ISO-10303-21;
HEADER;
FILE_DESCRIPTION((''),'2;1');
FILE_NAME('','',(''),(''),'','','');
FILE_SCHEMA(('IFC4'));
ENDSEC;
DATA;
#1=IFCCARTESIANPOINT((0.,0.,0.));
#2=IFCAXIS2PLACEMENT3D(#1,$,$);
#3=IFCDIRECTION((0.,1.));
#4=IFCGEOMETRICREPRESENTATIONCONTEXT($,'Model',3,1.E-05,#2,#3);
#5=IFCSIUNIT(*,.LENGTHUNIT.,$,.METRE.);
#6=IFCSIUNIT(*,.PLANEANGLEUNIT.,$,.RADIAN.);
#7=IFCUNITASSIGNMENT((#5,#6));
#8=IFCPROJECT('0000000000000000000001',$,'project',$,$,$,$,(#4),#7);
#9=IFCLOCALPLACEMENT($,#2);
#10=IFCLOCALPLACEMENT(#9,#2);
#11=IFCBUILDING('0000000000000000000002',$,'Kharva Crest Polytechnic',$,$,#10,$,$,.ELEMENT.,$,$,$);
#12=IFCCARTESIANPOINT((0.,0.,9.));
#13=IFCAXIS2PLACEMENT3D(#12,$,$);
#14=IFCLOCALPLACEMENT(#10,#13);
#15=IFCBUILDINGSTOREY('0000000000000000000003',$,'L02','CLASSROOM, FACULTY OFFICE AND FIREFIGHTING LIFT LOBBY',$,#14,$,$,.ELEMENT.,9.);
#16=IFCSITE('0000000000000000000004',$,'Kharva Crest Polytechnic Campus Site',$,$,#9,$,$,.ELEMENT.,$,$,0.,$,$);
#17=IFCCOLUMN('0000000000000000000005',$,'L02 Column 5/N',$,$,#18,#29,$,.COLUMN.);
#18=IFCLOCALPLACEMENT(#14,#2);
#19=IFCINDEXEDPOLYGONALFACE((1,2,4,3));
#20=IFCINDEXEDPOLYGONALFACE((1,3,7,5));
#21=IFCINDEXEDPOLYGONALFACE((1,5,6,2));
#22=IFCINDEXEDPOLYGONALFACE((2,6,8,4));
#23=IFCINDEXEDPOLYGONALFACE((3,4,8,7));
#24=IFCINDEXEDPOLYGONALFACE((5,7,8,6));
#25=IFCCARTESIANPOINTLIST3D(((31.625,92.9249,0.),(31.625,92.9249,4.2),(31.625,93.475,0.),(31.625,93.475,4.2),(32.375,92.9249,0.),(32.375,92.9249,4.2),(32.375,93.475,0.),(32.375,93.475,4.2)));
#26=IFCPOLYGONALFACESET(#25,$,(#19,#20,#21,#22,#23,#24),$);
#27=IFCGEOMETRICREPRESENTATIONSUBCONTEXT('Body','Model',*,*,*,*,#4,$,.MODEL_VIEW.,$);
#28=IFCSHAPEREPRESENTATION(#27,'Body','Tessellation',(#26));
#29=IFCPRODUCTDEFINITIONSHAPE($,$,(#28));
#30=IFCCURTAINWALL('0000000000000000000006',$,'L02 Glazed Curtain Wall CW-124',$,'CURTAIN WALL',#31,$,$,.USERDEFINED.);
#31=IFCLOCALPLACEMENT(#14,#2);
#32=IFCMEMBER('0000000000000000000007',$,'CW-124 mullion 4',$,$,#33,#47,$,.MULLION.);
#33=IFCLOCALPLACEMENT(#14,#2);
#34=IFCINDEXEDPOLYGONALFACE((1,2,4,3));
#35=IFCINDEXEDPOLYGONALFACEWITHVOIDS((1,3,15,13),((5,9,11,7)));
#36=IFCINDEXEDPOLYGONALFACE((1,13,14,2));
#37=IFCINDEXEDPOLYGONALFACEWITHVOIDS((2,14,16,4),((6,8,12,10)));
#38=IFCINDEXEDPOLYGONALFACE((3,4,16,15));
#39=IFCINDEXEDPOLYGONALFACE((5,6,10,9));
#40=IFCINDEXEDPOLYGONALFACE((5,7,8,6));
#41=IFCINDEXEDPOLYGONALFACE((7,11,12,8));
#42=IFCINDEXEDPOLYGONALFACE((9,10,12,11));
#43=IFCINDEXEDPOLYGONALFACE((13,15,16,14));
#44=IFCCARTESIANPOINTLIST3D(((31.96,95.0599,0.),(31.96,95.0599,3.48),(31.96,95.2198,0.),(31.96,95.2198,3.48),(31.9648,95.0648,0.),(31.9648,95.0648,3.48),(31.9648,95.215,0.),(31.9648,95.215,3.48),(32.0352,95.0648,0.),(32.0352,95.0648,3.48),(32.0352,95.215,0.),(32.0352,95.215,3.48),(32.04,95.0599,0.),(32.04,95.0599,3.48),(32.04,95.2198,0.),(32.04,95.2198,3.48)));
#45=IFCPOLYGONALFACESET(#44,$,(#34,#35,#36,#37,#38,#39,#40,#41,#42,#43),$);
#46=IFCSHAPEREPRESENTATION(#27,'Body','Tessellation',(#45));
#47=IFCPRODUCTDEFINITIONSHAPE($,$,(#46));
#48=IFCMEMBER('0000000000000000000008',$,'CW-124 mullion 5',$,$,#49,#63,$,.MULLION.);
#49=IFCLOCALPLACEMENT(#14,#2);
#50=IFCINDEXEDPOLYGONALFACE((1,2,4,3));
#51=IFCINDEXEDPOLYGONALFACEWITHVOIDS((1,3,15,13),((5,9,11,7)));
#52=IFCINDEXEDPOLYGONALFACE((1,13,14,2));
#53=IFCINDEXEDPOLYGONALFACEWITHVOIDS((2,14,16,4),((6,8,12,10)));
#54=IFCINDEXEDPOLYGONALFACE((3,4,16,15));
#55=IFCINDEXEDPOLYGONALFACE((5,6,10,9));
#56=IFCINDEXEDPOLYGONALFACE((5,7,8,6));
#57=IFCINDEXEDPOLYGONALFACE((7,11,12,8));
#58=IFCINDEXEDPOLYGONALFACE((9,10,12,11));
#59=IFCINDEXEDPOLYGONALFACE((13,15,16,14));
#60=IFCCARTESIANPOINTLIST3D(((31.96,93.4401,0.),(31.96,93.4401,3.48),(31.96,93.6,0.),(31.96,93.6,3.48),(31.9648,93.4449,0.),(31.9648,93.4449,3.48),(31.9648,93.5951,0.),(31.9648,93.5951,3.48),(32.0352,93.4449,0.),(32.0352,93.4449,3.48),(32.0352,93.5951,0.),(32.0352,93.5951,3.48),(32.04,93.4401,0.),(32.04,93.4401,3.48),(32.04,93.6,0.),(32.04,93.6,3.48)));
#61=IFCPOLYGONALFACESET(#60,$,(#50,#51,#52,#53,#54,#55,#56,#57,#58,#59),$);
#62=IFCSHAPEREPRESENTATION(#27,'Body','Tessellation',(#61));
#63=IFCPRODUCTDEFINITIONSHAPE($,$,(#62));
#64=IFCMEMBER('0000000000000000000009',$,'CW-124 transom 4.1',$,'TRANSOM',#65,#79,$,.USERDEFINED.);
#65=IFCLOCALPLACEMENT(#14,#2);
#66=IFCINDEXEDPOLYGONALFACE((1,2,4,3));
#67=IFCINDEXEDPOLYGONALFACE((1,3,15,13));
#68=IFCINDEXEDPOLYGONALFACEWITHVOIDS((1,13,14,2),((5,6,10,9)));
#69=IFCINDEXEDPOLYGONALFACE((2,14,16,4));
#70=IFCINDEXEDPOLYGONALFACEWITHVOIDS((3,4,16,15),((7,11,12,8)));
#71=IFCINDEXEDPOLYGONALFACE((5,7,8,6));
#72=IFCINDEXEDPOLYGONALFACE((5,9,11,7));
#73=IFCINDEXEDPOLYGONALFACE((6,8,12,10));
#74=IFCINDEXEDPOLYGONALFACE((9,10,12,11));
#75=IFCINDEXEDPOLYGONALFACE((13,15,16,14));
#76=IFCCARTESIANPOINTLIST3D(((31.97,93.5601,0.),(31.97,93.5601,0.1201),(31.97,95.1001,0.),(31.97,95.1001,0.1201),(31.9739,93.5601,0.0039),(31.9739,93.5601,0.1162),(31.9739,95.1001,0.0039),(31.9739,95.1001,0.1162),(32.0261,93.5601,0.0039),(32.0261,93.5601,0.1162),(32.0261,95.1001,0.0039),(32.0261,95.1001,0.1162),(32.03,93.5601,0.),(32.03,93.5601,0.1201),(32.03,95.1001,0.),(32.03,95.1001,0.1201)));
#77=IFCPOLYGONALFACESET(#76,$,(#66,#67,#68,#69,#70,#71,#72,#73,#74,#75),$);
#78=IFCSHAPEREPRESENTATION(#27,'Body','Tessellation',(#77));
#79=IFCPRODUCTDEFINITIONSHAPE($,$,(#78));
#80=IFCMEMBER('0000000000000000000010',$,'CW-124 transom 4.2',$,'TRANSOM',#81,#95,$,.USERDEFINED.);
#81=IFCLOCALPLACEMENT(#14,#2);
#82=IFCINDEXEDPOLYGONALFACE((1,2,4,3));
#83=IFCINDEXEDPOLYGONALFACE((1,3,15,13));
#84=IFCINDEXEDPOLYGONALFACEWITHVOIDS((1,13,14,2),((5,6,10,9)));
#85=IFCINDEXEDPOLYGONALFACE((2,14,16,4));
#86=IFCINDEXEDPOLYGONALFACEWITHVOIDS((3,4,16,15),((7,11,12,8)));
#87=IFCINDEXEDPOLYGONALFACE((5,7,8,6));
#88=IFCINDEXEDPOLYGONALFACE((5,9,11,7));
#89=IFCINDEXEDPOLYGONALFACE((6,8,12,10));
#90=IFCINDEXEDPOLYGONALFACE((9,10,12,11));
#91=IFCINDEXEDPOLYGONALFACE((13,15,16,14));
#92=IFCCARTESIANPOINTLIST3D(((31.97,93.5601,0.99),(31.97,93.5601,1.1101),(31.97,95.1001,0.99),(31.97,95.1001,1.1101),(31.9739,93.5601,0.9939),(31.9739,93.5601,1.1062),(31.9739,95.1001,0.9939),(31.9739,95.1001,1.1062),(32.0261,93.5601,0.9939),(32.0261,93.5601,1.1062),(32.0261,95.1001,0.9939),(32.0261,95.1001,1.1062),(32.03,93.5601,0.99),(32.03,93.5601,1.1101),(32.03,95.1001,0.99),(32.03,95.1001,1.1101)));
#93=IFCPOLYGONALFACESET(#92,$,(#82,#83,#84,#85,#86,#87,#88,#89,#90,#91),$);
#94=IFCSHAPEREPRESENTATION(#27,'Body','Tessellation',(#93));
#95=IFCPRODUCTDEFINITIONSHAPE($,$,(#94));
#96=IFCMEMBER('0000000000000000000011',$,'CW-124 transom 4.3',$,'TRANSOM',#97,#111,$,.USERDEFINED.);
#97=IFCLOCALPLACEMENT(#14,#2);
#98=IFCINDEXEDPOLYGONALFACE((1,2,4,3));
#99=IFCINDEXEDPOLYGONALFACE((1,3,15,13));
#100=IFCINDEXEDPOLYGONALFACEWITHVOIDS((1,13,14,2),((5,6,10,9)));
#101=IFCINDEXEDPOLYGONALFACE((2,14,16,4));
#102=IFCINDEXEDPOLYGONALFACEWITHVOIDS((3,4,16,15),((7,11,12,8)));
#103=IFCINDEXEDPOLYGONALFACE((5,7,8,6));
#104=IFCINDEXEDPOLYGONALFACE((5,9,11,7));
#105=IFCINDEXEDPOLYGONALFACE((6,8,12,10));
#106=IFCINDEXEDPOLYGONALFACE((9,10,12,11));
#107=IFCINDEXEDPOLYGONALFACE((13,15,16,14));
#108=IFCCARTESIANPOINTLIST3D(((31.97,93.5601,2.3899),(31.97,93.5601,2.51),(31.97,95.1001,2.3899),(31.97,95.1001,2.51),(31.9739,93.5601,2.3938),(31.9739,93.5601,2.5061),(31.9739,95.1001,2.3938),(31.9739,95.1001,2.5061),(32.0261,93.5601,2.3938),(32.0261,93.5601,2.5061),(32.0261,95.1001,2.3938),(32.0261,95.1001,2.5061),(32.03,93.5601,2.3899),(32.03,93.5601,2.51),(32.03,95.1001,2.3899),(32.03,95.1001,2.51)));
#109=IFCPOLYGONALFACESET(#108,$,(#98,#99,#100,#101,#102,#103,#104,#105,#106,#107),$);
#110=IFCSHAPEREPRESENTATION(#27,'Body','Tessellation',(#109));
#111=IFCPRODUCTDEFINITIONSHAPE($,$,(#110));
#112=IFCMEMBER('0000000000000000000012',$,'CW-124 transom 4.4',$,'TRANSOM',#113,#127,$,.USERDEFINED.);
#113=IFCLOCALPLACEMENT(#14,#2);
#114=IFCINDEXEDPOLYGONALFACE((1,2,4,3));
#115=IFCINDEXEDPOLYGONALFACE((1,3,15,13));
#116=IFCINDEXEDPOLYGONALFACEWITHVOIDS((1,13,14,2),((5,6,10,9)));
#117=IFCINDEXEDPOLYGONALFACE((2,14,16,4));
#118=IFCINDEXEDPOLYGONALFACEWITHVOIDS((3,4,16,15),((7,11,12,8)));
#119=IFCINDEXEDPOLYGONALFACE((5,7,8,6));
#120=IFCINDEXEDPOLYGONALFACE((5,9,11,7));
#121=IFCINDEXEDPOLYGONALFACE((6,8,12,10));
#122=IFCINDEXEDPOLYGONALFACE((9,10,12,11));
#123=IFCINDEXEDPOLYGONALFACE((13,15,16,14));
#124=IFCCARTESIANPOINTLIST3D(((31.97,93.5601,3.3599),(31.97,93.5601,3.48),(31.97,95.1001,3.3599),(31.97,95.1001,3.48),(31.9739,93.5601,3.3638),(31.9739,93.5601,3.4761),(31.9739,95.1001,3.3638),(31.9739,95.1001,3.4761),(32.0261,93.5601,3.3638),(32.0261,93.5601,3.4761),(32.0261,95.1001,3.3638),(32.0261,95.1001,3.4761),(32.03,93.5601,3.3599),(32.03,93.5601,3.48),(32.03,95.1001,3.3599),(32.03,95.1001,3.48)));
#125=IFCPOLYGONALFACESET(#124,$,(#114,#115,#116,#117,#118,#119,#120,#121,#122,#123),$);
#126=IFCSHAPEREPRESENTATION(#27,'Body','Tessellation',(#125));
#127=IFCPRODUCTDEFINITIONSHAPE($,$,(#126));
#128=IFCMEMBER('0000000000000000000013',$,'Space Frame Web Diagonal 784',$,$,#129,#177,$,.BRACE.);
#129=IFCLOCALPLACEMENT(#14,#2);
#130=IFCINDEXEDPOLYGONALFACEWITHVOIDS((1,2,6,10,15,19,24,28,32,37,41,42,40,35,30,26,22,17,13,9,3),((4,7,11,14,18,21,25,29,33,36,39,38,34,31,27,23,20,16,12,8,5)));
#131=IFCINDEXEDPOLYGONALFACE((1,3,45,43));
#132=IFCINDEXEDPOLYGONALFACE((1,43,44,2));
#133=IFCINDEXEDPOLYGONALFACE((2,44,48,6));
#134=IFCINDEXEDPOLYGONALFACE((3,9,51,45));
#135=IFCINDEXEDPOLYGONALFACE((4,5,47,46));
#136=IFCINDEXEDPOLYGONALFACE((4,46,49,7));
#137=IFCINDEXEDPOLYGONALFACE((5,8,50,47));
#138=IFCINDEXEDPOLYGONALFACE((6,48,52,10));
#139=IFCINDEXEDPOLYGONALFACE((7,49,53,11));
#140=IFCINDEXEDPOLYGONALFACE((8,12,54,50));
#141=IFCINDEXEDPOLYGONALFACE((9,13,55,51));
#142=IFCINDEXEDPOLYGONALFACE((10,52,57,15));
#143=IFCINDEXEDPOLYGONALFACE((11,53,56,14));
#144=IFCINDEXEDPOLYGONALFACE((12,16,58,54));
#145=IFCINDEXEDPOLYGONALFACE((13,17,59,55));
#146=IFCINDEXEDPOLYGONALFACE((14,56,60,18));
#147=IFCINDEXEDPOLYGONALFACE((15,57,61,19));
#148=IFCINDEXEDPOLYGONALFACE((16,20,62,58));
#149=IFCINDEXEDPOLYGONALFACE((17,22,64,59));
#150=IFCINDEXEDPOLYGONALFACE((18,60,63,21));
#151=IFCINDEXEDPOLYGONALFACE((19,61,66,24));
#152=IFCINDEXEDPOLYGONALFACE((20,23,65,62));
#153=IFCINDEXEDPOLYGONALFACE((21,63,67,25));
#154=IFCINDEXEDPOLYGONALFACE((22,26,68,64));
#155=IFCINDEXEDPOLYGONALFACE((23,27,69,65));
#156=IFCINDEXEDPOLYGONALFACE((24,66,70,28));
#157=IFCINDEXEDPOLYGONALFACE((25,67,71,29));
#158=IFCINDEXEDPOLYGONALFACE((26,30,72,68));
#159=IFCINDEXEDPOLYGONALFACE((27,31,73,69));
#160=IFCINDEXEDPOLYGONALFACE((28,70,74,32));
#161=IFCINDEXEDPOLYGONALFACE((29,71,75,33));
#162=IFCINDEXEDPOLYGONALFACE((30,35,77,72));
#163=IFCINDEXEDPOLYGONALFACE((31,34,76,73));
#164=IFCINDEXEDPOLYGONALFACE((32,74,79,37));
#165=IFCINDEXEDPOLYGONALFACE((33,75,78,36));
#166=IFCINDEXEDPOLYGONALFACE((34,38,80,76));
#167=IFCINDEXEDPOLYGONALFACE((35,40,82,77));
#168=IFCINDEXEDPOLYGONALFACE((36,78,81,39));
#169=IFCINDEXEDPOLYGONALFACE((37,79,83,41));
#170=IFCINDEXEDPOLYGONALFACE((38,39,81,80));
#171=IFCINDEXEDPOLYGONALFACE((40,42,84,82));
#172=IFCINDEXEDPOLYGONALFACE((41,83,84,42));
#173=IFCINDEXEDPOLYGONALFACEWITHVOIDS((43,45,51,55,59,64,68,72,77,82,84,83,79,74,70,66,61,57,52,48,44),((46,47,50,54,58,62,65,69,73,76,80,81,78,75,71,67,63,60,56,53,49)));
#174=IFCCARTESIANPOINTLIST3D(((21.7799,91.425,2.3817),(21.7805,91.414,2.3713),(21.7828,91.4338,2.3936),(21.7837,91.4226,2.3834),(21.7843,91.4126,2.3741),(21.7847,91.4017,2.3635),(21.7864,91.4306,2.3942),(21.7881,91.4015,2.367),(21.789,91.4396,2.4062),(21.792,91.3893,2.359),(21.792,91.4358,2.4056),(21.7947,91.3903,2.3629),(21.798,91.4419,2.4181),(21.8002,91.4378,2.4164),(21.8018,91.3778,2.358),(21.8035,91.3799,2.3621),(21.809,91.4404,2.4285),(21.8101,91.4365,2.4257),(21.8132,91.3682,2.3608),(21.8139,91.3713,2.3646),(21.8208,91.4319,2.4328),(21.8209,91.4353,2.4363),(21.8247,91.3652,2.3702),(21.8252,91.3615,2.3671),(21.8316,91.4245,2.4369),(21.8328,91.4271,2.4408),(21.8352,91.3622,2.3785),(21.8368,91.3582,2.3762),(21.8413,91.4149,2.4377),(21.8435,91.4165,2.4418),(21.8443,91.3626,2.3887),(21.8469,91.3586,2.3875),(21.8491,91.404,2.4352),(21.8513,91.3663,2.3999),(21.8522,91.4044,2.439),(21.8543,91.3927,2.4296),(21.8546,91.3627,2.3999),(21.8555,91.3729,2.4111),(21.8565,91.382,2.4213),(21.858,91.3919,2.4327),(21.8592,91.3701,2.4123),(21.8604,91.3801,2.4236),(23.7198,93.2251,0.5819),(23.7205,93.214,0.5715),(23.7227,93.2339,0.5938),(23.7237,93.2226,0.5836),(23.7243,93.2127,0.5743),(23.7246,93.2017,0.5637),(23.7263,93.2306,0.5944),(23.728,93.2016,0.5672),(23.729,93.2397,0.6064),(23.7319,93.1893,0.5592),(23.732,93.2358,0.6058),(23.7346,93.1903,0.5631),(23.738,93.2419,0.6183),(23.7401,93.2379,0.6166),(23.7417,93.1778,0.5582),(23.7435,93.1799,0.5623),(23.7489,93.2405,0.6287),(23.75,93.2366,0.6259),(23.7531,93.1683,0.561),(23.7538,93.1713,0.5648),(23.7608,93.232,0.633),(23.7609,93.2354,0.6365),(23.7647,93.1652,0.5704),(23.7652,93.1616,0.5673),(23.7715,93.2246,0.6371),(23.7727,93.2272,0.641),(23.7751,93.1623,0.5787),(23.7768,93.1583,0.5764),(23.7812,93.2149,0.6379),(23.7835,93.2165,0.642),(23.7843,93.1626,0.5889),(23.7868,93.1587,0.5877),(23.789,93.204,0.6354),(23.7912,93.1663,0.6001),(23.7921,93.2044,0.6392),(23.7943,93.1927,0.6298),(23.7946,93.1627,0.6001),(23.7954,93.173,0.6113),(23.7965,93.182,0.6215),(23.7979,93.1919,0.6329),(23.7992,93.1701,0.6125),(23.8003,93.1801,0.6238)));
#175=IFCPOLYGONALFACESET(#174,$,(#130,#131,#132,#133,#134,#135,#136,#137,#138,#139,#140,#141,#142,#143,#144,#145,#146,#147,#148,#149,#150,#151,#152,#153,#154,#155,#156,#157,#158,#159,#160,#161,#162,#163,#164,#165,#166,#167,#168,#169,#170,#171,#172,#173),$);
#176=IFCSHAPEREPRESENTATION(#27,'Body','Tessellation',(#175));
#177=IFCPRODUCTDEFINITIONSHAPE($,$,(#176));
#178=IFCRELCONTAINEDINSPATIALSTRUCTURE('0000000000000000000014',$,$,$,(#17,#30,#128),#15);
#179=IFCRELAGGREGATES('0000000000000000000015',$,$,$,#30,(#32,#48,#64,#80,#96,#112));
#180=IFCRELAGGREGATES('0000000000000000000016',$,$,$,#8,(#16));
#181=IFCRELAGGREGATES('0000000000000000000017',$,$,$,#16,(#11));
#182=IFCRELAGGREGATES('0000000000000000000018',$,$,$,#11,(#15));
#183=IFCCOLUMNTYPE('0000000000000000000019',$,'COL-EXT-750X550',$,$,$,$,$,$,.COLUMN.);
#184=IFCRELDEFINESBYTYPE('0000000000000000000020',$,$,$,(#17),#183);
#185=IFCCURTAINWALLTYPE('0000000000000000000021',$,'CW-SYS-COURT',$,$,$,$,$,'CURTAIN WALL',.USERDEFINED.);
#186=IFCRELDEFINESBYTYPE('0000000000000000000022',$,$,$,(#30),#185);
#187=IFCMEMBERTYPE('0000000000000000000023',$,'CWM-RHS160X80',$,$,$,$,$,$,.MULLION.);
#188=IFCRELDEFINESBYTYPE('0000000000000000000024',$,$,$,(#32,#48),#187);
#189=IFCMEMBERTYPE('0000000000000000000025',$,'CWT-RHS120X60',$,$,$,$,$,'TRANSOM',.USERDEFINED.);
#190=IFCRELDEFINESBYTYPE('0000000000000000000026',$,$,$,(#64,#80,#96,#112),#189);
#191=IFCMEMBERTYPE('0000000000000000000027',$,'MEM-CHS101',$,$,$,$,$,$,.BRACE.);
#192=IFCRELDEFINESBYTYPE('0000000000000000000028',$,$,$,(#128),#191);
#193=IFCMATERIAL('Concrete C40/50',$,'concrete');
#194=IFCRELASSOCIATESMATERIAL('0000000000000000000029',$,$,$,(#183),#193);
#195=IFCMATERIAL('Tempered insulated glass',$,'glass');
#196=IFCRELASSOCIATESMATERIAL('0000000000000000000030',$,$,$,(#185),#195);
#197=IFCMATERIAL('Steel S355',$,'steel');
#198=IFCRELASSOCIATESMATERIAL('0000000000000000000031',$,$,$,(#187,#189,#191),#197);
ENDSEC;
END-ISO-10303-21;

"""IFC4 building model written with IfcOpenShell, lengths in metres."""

from ifc_helpers import new_model, si_unit, direction, frame, origin, origin_2d, place, context, subcontext, project, spatial, rectangle, hollow_rectangle, hollow_circle, extrude, material, material_profile, profile_set, type_object, element, aggregate, save


model = new_model("IFC4")

# Units and contexts
model_context = context("Model", 3, precision=1e-05, world=origin(), true_north=direction((0.0, 1.0)))
body_context = subcontext(model_context, "Body", "Model", "MODEL_VIEW")
ifc_project = project(units=[si_unit("LENGTHUNIT", "METRE"), si_unit("PLANEANGLEUNIT", "RADIAN")], contexts=[model_context])

# Site, building, storey
site_placement = place(None, origin())
site = spatial("IfcSite", under=ifc_project, at=site_placement, Name="Kharva Crest Polytechnic Campus Site", CompositionType="ELEMENT", RefElevation=0.0)
building_placement = place(site_placement, origin())
building = spatial("IfcBuilding", under=site, at=building_placement, Name="Kharva Crest Polytechnic", CompositionType="ELEMENT")
storey_placement = place(building_placement, frame((0.0, 0.0, 9.0)))
storey = spatial("IfcBuildingStorey", under=building, at=storey_placement, Name="L02", Description="CLASSROOM, FACULTY OFFICE AND FIREFIGHTING LIFT LOBBY", CompositionType="ELEMENT", Elevation=9.0)

# Column
ifc_material_1 = material(Name="Concrete C40/50", Category="concrete")
ifc_material_profile_1 = material_profile(ifc_material_1, rectangle(XDim=0.75, YDim=0.55, at=origin_2d()), Name="RECT 750 X 550")
ifc_profile_set_1 = profile_set([ifc_material_profile_1], Name="Concrete C40/50")
column_type = type_object("IfcColumnType", Name="COL-EXT-750X550", PredefinedType="COLUMN", material=ifc_profile_set_1)
column_placement = place(storey_placement, frame((32.0, 93.2, 0.0), z_axis=(0.0, 0.0, 1.0), x_axis=(1.0, 0.0, 0.0)))
element("IfcColumn", 1, at=column_placement, inside=storey, type_object=column_type, Name="L02 Column 5/N", PredefinedType="COLUMN", context=body_context, shape_type="SweptSolid", body=[
    extrude(rectangle(XDim=0.75, YDim=0.55, at=origin_2d()), origin(), (0.0, 0.0, 1.0), 4.2),
])

# Curtain wall, members
ifc_material_2 = material(Name="Tempered insulated glass", Category="glass")
curtain_wall_type = type_object("IfcCurtainWallType", Name="CW-SYS-COURT", ElementType="CURTAIN WALL", PredefinedType="USERDEFINED", material=ifc_material_2)
curtain_wall_placement = place(storey_placement, origin())
curtain_wall = element("IfcCurtainWall", 2, at=curtain_wall_placement, inside=storey, type_object=curtain_wall_type, Name="L02 Glazed Curtain Wall CW-124", ObjectType="CURTAIN WALL", PredefinedType="USERDEFINED")
ifc_material_3 = material(Name="Steel S355", Category="steel")
ifc_material_profile_2 = material_profile(ifc_material_3, hollow_rectangle(XDim=0.0801, YDim=0.1599, WallThickness=0.0049, at=origin_2d()), Name="RHS 160X80X5.0")
ifc_profile_set_2 = profile_set([ifc_material_profile_2], Name="Steel S355")
member_type_1 = type_object("IfcMemberType", Name="CWM-RHS160X80", PredefinedType="MULLION", material=ifc_profile_set_2)
member_1_placement = place(storey_placement, frame((32.0, 95.1399, 0.0), z_axis=(0.0, 0.0, 1.0), x_axis=(1.0, 0.0, 0.0)))
member_1 = element("IfcMember", 3, at=member_1_placement, type_object=member_type_1, Name="CW-124 mullion 4", PredefinedType="MULLION", context=body_context, shape_type="SweptSolid", body=[
    extrude(hollow_rectangle(XDim=0.0801, YDim=0.1599, WallThickness=0.0049, at=origin_2d()), origin(), (0.0, 0.0, 1.0), 3.48),
])
member_2_placement = place(storey_placement, frame((32.0, 93.52, 0.0), z_axis=(0.0, 0.0, 1.0), x_axis=(1.0, 0.0, 0.0)))
member_2 = element("IfcMember", 4, at=member_2_placement, type_object=member_type_1, Name="CW-124 mullion 5", PredefinedType="MULLION", context=body_context, shape_type="SweptSolid", body=[
    extrude(hollow_rectangle(XDim=0.0801, YDim=0.1599, WallThickness=0.0049, at=origin_2d()), origin(), (0.0, 0.0, 1.0), 3.48),
])
ifc_material_profile_3 = material_profile(ifc_material_3, hollow_rectangle(XDim=0.0601, YDim=0.1201, WallThickness=0.0039, at=origin_2d()), Name="RHS 120X60X4.0")
ifc_profile_set_3 = profile_set([ifc_material_profile_3], Name="Steel S355")
member_type_2 = type_object("IfcMemberType", Name="CWT-RHS120X60", ElementType="TRANSOM", PredefinedType="USERDEFINED", material=ifc_profile_set_3)
member_3_placement = place(storey_placement, frame((32.0, 95.1001, 0.0601), z_axis=(0.0, -1.0, 0.0), x_axis=(1.0, 0.0, 0.0)))
member_3 = element("IfcMember", 5, at=member_3_placement, type_object=member_type_2, Name="CW-124 transom 4.1", ObjectType="TRANSOM", PredefinedType="USERDEFINED", context=body_context, shape_type="SweptSolid", body=[
    extrude(hollow_rectangle(XDim=0.0601, YDim=0.1201, WallThickness=0.0039, at=origin_2d()), origin(), (0.0, 0.0, 1.0), 1.54),
])
member_4_placement = place(storey_placement, frame((32.0, 95.1001, 1.05), z_axis=(0.0, -1.0, 0.0), x_axis=(1.0, 0.0, 0.0)))
member_4 = element("IfcMember", 6, at=member_4_placement, type_object=member_type_2, Name="CW-124 transom 4.2", ObjectType="TRANSOM", PredefinedType="USERDEFINED", context=body_context, shape_type="SweptSolid", body=[
    extrude(hollow_rectangle(XDim=0.0601, YDim=0.1201, WallThickness=0.0039, at=origin_2d()), origin(), (0.0, 0.0, 1.0), 1.54),
])
member_5_placement = place(storey_placement, frame((32.0, 95.1001, 2.45), z_axis=(0.0, -1.0, 0.0), x_axis=(1.0, 0.0, 0.0)))
member_5 = element("IfcMember", 7, at=member_5_placement, type_object=member_type_2, Name="CW-124 transom 4.3", ObjectType="TRANSOM", PredefinedType="USERDEFINED", context=body_context, shape_type="SweptSolid", body=[
    extrude(hollow_rectangle(XDim=0.0601, YDim=0.1201, WallThickness=0.0039, at=origin_2d()), origin(), (0.0, 0.0, 1.0), 1.54),
])
member_6_placement = place(storey_placement, frame((32.0, 95.1001, 3.4199), z_axis=(0.0, -1.0, 0.0), x_axis=(1.0, 0.0, 0.0)))
member_6 = element("IfcMember", 8, at=member_6_placement, type_object=member_type_2, Name="CW-124 transom 4.4", ObjectType="TRANSOM", PredefinedType="USERDEFINED", context=body_context, shape_type="SweptSolid", body=[
    extrude(hollow_rectangle(XDim=0.0601, YDim=0.1201, WallThickness=0.0039, at=origin_2d()), origin(), (0.0, 0.0, 1.0), 1.54),
])

# Member
ifc_material_profile_4 = material_profile(ifc_material_3, hollow_circle(Radius=0.0508, WallThickness=0.0049, at=origin_2d()), Name="CHS 101.6X5.0")
ifc_profile_set_4 = profile_set([ifc_material_profile_4], Name="Steel S355")
member_type_3 = type_object("IfcMemberType", Name="MEM-CHS101", PredefinedType="BRACE", material=ifc_profile_set_4)
member_7_placement = place(storey_placement, frame((23.76, 93.2, 0.6001), z_axis=(-0.606147, -0.562437, 0.562361), x_axis=(0.680182, -0.733043, 0.0)))
element("IfcMember", 9, at=member_7_placement, inside=storey, type_object=member_type_3, Name="Space Frame Web Diagonal 784", PredefinedType="BRACE", context=body_context, shape_type="SweptSolid", body=[
    extrude(hollow_circle(Radius=0.0508, WallThickness=0.0049, at=origin_2d()), origin(), (0.0, 0.0, 1.0), 3.2004),
])

aggregate(curtain_wall, [member_1, member_2, member_3, member_4, member_5, member_6])

save(model, "model.ifc")
